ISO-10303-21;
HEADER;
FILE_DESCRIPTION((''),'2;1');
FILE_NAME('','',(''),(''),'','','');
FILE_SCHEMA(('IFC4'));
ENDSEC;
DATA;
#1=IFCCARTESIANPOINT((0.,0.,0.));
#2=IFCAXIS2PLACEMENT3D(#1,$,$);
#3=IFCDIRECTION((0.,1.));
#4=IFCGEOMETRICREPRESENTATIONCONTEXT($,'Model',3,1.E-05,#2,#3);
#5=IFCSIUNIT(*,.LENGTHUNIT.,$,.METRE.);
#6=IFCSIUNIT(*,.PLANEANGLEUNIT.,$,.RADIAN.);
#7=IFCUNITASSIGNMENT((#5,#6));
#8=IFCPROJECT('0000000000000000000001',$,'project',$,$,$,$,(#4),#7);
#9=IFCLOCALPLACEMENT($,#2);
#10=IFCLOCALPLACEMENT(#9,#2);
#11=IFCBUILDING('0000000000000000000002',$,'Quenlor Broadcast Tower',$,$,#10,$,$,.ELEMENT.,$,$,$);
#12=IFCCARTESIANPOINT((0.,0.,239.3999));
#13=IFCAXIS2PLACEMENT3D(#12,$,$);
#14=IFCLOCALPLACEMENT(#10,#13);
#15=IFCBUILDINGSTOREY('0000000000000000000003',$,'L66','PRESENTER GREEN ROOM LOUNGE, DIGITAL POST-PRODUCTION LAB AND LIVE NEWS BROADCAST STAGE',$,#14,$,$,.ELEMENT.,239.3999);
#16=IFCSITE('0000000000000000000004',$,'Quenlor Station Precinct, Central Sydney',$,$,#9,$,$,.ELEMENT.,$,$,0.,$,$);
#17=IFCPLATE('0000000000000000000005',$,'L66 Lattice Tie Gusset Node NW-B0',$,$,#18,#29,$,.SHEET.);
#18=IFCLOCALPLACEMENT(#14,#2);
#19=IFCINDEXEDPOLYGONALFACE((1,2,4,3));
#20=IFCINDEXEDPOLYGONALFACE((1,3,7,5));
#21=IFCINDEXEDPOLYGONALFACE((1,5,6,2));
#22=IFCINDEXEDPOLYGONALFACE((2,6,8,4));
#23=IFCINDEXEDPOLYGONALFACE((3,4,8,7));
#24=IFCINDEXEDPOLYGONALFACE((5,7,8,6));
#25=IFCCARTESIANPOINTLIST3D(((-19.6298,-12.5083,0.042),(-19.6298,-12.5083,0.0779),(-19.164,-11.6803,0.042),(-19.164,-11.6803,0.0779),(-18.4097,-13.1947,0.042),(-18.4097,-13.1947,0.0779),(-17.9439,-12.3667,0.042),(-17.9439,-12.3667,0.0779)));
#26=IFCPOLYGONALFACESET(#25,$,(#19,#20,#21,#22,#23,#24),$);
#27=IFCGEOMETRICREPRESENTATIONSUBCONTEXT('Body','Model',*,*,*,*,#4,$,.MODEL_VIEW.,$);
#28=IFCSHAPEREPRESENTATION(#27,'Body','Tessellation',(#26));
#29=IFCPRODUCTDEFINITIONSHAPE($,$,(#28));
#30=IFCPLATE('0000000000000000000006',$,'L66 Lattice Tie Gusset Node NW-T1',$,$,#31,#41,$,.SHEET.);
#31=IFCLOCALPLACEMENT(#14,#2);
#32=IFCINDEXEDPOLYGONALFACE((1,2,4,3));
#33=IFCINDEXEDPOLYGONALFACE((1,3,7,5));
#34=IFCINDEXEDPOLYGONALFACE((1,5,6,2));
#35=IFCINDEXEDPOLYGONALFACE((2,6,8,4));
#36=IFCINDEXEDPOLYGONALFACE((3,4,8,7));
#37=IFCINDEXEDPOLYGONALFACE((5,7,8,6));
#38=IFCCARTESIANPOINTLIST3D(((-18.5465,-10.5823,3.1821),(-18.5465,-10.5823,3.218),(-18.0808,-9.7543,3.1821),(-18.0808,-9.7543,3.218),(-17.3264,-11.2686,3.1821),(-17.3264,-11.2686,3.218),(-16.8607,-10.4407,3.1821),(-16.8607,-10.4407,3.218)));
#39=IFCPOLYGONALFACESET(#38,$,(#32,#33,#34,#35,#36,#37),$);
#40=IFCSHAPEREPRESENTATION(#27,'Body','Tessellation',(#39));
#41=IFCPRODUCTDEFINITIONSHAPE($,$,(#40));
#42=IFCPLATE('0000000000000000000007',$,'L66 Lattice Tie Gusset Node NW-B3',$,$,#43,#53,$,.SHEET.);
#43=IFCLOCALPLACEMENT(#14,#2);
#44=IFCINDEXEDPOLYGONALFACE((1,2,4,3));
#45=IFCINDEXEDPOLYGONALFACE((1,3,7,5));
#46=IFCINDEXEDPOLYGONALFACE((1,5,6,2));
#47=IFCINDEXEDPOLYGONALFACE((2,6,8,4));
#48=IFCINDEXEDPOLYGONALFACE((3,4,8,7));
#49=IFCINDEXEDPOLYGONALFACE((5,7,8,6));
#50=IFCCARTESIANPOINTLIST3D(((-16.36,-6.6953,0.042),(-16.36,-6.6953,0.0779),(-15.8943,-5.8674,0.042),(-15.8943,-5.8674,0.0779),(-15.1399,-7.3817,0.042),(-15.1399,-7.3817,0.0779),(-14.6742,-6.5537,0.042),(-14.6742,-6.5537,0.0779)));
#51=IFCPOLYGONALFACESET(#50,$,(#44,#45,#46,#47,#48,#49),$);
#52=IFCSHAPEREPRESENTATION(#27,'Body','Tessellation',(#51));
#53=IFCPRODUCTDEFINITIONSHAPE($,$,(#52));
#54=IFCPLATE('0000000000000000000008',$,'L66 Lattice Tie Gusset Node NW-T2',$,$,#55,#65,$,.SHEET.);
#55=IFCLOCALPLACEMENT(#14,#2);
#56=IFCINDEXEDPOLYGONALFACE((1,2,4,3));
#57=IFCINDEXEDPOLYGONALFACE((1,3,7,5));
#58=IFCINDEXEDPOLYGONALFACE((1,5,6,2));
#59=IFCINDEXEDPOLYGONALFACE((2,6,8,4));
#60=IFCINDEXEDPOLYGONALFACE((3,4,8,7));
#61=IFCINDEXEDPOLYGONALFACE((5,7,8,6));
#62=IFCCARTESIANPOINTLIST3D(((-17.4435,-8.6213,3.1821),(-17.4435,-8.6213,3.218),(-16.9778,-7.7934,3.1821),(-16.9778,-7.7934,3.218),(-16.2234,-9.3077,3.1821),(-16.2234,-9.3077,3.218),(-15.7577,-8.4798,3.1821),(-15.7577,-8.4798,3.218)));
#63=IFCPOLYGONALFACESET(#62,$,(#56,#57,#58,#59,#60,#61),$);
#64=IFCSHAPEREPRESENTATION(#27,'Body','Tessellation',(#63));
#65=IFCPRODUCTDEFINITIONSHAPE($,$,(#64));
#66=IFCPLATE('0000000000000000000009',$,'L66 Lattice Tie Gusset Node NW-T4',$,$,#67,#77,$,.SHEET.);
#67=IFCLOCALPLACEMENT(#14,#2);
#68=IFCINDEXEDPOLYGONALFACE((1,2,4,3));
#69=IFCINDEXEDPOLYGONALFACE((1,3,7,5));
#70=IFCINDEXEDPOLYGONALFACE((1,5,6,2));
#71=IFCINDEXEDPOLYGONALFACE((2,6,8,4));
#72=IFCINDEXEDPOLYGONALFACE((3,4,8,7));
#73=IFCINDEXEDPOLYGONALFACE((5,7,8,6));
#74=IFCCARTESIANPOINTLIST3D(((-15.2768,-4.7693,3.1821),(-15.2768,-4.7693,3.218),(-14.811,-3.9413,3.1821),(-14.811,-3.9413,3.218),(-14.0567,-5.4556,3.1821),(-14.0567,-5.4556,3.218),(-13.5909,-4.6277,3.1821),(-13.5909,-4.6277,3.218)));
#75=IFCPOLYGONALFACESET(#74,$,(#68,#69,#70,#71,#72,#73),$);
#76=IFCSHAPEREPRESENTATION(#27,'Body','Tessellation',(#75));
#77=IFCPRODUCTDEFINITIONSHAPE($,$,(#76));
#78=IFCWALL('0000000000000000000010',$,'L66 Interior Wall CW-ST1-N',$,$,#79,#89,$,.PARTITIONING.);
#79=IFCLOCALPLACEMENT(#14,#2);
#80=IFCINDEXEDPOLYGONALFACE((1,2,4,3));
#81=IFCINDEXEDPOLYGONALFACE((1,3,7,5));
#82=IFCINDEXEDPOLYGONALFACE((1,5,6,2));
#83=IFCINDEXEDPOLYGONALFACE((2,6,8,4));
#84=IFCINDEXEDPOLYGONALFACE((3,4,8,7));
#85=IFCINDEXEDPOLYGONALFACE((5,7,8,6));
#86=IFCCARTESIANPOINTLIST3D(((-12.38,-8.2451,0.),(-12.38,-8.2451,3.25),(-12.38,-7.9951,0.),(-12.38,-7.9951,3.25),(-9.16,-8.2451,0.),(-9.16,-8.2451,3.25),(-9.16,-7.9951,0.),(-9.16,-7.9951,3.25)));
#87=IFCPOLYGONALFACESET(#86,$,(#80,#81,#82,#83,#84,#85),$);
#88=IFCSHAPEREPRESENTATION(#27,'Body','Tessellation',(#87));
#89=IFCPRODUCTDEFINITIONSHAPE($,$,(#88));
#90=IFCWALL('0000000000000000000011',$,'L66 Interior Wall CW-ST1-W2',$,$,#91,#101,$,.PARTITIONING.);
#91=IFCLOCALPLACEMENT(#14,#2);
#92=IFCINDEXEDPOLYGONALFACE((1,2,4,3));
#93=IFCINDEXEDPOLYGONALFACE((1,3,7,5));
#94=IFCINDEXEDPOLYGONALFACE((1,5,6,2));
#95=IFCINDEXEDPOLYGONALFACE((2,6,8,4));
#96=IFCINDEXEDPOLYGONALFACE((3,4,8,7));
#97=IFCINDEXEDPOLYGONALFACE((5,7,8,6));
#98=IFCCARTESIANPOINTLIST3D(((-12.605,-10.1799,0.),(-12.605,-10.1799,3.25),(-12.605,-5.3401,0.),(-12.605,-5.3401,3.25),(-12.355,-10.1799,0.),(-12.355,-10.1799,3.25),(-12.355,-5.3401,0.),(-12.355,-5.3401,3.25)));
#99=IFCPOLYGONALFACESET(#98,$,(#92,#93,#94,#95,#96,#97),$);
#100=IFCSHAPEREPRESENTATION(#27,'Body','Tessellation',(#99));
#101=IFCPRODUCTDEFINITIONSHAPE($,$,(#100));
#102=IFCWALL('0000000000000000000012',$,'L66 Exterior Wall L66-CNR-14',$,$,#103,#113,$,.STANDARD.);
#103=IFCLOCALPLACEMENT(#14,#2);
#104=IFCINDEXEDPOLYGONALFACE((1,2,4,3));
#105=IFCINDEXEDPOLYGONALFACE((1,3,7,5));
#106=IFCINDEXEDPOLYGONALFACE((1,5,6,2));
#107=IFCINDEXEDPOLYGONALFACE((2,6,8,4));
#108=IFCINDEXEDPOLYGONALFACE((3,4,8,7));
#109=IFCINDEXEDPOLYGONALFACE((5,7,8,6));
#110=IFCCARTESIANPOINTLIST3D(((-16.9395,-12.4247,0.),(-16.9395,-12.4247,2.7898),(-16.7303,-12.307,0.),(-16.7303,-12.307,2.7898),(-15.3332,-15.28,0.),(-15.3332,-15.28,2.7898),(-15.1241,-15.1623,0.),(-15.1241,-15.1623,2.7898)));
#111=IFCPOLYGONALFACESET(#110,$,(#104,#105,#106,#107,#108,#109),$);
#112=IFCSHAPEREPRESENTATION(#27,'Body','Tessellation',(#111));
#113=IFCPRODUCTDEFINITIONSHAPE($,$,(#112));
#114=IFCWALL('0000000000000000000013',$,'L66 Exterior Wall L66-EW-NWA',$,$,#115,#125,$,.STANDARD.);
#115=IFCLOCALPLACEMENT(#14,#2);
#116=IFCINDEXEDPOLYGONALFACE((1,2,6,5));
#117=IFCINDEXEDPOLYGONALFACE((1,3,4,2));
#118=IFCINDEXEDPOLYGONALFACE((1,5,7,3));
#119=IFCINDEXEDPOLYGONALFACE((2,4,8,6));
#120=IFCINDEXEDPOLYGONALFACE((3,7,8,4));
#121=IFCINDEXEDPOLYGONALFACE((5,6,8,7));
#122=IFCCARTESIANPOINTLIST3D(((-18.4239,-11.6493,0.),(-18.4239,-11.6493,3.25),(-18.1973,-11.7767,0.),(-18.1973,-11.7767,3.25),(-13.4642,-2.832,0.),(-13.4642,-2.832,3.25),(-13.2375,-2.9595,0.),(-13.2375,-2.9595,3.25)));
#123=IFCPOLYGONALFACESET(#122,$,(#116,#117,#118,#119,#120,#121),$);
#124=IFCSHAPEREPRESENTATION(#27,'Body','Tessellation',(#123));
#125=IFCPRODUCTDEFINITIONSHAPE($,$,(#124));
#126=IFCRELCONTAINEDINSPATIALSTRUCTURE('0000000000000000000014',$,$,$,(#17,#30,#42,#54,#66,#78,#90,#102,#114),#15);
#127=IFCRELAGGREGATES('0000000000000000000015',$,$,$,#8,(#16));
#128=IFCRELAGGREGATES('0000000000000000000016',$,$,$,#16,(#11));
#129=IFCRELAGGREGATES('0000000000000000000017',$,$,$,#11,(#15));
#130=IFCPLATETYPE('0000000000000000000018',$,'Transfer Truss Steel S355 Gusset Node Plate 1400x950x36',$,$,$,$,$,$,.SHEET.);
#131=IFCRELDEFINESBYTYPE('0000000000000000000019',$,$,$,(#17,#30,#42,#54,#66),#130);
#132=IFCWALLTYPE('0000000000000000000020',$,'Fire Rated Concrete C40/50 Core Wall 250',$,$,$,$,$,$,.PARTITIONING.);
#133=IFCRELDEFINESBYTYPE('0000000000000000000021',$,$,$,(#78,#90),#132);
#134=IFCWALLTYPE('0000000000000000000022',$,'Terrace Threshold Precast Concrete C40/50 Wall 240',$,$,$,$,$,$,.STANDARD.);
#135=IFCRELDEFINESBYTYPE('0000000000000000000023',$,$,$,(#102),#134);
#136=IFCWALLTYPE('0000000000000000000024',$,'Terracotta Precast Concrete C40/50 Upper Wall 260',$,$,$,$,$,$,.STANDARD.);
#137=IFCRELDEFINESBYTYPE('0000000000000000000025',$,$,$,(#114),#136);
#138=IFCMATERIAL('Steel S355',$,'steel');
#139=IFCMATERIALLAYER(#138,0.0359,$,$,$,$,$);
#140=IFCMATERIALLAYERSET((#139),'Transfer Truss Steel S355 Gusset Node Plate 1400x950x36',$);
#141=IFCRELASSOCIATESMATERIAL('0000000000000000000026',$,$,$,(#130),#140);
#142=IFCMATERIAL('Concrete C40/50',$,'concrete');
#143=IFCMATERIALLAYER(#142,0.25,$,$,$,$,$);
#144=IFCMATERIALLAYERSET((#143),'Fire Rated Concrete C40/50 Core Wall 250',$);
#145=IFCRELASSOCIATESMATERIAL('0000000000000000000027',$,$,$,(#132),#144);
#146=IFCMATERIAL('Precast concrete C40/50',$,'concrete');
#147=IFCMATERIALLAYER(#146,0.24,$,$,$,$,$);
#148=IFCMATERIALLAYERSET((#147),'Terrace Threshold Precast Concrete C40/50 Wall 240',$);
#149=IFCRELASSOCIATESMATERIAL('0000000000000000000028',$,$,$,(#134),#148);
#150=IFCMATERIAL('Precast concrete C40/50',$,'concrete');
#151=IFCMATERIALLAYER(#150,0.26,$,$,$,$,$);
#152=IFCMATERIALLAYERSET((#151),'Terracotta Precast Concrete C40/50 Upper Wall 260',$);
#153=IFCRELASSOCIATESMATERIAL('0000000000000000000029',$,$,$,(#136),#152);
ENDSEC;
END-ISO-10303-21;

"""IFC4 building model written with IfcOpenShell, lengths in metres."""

from ifc_helpers import new_model, si_unit, direction, frame, frame_2d, origin, origin_2d, place, context, subcontext, project, spatial, rectangle, extrude, material, layer, layer_set, type_object, element, save


model = new_model("IFC4")

# Units and contexts
model_context = context("Model", 3, precision=1e-05, world=origin(), true_north=direction((0.0, 1.0)))
body_context = subcontext(model_context, "Body", "Model", "MODEL_VIEW")
ifc_project = project(units=[si_unit("LENGTHUNIT", "METRE"), si_unit("PLANEANGLEUNIT", "RADIAN")], contexts=[model_context])

# Site, building, storey
site_placement = place(None, origin())
site = spatial("IfcSite", under=ifc_project, at=site_placement, Name="Quenlor Station Precinct, Central Sydney", CompositionType="ELEMENT", RefElevation=0.0)
building_placement = place(site_placement, origin())
building = spatial("IfcBuilding", under=site, at=building_placement, Name="Quenlor Broadcast Tower", CompositionType="ELEMENT")
storey_placement = place(building_placement, frame((0.0, 0.0, 239.3999)))
storey = spatial("IfcBuildingStorey", under=building, at=storey_placement, Name="L66", Description="PRESENTER GREEN ROOM LOUNGE, DIGITAL POST-PRODUCTION LAB AND LIVE NEWS BROADCAST STAGE", CompositionType="ELEMENT", Elevation=239.3999)

# Plates
ifc_material_1 = material(Name="Steel S355", Category="steel")
ifc_layer_1 = layer(ifc_material_1, 0.0359)
ifc_layer_set_1 = layer_set([ifc_layer_1], Name="Transfer Truss Steel S355 Gusset Node Plate 1400x950x36")
plate_type = type_object("IfcPlateType", Name="Transfer Truss Steel S355 Gusset Node Plate 1400x950x36", PredefinedType="SHEET", material=ifc_layer_set_1)
for number, where, z_axis, x_axis, name in (
    (1, (-18.7869, -12.4375, 0.042), (0.0, 0.0, 1.0), (-0.871556, 0.490295, 0.0), "L66 Lattice Tie Gusset Node NW-B0"),
    (2, (-17.7036, -10.5115, 3.1821), (0.0, 0.0, 1.0), (-0.871556, 0.490295, 0.0), "L66 Lattice Tie Gusset Node NW-T1"),
    (3, (-15.5171, -6.6245, 0.042), (0.0, 0.0, 1.0), (-0.871556, 0.490295, 0.0), "L66 Lattice Tie Gusset Node NW-B3"),
    (4, (-16.6006, -8.5505, 3.1821), (0.0, 0.0, 1.0), (-0.871556, 0.490295, 0.0), "L66 Lattice Tie Gusset Node NW-T2"),
    (5, (-14.4338, -4.6985, 3.1821), (0.0, 0.0, 1.0), (-0.871556, 0.490295, 0.0), "L66 Lattice Tie Gusset Node NW-T4"),
):
    element("IfcPlate", number, at=place(storey_placement, frame(where, z_axis=z_axis, x_axis=x_axis)), inside=storey, type_object=plate_type, Name=name, PredefinedType="SHEET", context=body_context, shape_type="SweptSolid", body=[
        extrude(rectangle(XDim=1.3999, YDim=0.95, at=origin_2d()), origin(), (0.0, 0.0, 1.0), 0.0359),
    ])

# Walls
ifc_material_2 = material(Name="Concrete C40/50", Category="concrete")
ifc_layer_2 = layer(ifc_material_2, 0.25)
ifc_layer_set_2 = layer_set([ifc_layer_2], Name="Fire Rated Concrete C40/50 Core Wall 250")
wall_type_1 = type_object("IfcWallType", Name="Fire Rated Concrete C40/50 Core Wall 250", PredefinedType="PARTITIONING", material=ifc_layer_set_2)
wall_1_placement = place(storey_placement, frame((-12.3799, -8.1201, 0.0), z_axis=(0.0, 0.0, 1.0), x_axis=(1.0, 0.0, 0.0)))
element("IfcWall", 6, at=wall_1_placement, inside=storey, type_object=wall_type_1, Name="L66 Interior Wall CW-ST1-N", PredefinedType="PARTITIONING", context=body_context, shape_type="SweptSolid", body=[
    extrude(rectangle(XDim=3.22, YDim=0.25, at=frame_2d((1.6099, 0.0))), origin(), (0.0, 0.0, 1.0), 3.25),
])
wall_2_placement = place(storey_placement, frame((-12.48, -10.1799, 0.0), z_axis=(0.0, 0.0, 1.0), x_axis=(0.0, 1.0, 0.0)))
element("IfcWall", 7, at=wall_2_placement, inside=storey, type_object=wall_type_1, Name="L66 Interior Wall CW-ST1-W2", PredefinedType="PARTITIONING", context=body_context, shape_type="SweptSolid", body=[
    extrude(rectangle(XDim=4.8398, YDim=0.25, at=frame_2d((2.4199, 0.0))), origin(), (0.0, 0.0, 1.0), 3.25),
])

# Walls
ifc_material_3 = material(Name="Precast concrete C40/50", Category="concrete")
ifc_layer_3 = layer(ifc_material_3, 0.24)
ifc_layer_set_3 = layer_set([ifc_layer_3], Name="Terrace Threshold Precast Concrete C40/50 Wall 240")
wall_type_2 = type_object("IfcWallType", Name="Terrace Threshold Precast Concrete C40/50 Wall 240", PredefinedType="STANDARD", material=ifc_layer_set_3)
wall_3_placement = place(storey_placement, frame((-16.835, -12.3657, 0.0), z_axis=(0.0, 0.0, 1.0), x_axis=(0.490293, -0.871558, 0.0)))
element("IfcWall", 8, at=wall_3_placement, inside=storey, type_object=wall_type_2, Name="L66 Exterior Wall L66-CNR-14", PredefinedType="STANDARD", context=body_context, shape_type="SweptSolid", body=[
    extrude(rectangle(XDim=3.2761, YDim=0.24, at=frame_2d((1.6382, 0.0))), origin(), (0.0, 0.0, 1.0), 2.7898),
])
ifc_material_4 = material(Name="Precast concrete C40/50", Category="concrete")
ifc_layer_4 = layer(ifc_material_4, 0.26)
ifc_layer_set_4 = layer_set([ifc_layer_4], Name="Terracotta Precast Concrete C40/50 Upper Wall 260")
wall_type_3 = type_object("IfcWallType", Name="Terracotta Precast Concrete C40/50 Upper Wall 260", PredefinedType="STANDARD", material=ifc_layer_set_4)
wall_4_placement = place(storey_placement, frame((-18.3105, -11.7129, 0.0), z_axis=(0.0, 0.0, 1.0), x_axis=(0.490267, 0.871572, 0.0)))
element("IfcWall", 9, at=wall_4_placement, inside=storey, type_object=wall_type_3, Name="L66 Exterior Wall L66-EW-NWA", PredefinedType="STANDARD", context=body_context, shape_type="SweptSolid", body=[
    extrude(rectangle(XDim=10.1165, YDim=0.26, at=frame_2d((5.0581, 0.0))), origin(), (0.0, 0.0, 1.0), 3.25),
])

save(model, "model.ifc")
